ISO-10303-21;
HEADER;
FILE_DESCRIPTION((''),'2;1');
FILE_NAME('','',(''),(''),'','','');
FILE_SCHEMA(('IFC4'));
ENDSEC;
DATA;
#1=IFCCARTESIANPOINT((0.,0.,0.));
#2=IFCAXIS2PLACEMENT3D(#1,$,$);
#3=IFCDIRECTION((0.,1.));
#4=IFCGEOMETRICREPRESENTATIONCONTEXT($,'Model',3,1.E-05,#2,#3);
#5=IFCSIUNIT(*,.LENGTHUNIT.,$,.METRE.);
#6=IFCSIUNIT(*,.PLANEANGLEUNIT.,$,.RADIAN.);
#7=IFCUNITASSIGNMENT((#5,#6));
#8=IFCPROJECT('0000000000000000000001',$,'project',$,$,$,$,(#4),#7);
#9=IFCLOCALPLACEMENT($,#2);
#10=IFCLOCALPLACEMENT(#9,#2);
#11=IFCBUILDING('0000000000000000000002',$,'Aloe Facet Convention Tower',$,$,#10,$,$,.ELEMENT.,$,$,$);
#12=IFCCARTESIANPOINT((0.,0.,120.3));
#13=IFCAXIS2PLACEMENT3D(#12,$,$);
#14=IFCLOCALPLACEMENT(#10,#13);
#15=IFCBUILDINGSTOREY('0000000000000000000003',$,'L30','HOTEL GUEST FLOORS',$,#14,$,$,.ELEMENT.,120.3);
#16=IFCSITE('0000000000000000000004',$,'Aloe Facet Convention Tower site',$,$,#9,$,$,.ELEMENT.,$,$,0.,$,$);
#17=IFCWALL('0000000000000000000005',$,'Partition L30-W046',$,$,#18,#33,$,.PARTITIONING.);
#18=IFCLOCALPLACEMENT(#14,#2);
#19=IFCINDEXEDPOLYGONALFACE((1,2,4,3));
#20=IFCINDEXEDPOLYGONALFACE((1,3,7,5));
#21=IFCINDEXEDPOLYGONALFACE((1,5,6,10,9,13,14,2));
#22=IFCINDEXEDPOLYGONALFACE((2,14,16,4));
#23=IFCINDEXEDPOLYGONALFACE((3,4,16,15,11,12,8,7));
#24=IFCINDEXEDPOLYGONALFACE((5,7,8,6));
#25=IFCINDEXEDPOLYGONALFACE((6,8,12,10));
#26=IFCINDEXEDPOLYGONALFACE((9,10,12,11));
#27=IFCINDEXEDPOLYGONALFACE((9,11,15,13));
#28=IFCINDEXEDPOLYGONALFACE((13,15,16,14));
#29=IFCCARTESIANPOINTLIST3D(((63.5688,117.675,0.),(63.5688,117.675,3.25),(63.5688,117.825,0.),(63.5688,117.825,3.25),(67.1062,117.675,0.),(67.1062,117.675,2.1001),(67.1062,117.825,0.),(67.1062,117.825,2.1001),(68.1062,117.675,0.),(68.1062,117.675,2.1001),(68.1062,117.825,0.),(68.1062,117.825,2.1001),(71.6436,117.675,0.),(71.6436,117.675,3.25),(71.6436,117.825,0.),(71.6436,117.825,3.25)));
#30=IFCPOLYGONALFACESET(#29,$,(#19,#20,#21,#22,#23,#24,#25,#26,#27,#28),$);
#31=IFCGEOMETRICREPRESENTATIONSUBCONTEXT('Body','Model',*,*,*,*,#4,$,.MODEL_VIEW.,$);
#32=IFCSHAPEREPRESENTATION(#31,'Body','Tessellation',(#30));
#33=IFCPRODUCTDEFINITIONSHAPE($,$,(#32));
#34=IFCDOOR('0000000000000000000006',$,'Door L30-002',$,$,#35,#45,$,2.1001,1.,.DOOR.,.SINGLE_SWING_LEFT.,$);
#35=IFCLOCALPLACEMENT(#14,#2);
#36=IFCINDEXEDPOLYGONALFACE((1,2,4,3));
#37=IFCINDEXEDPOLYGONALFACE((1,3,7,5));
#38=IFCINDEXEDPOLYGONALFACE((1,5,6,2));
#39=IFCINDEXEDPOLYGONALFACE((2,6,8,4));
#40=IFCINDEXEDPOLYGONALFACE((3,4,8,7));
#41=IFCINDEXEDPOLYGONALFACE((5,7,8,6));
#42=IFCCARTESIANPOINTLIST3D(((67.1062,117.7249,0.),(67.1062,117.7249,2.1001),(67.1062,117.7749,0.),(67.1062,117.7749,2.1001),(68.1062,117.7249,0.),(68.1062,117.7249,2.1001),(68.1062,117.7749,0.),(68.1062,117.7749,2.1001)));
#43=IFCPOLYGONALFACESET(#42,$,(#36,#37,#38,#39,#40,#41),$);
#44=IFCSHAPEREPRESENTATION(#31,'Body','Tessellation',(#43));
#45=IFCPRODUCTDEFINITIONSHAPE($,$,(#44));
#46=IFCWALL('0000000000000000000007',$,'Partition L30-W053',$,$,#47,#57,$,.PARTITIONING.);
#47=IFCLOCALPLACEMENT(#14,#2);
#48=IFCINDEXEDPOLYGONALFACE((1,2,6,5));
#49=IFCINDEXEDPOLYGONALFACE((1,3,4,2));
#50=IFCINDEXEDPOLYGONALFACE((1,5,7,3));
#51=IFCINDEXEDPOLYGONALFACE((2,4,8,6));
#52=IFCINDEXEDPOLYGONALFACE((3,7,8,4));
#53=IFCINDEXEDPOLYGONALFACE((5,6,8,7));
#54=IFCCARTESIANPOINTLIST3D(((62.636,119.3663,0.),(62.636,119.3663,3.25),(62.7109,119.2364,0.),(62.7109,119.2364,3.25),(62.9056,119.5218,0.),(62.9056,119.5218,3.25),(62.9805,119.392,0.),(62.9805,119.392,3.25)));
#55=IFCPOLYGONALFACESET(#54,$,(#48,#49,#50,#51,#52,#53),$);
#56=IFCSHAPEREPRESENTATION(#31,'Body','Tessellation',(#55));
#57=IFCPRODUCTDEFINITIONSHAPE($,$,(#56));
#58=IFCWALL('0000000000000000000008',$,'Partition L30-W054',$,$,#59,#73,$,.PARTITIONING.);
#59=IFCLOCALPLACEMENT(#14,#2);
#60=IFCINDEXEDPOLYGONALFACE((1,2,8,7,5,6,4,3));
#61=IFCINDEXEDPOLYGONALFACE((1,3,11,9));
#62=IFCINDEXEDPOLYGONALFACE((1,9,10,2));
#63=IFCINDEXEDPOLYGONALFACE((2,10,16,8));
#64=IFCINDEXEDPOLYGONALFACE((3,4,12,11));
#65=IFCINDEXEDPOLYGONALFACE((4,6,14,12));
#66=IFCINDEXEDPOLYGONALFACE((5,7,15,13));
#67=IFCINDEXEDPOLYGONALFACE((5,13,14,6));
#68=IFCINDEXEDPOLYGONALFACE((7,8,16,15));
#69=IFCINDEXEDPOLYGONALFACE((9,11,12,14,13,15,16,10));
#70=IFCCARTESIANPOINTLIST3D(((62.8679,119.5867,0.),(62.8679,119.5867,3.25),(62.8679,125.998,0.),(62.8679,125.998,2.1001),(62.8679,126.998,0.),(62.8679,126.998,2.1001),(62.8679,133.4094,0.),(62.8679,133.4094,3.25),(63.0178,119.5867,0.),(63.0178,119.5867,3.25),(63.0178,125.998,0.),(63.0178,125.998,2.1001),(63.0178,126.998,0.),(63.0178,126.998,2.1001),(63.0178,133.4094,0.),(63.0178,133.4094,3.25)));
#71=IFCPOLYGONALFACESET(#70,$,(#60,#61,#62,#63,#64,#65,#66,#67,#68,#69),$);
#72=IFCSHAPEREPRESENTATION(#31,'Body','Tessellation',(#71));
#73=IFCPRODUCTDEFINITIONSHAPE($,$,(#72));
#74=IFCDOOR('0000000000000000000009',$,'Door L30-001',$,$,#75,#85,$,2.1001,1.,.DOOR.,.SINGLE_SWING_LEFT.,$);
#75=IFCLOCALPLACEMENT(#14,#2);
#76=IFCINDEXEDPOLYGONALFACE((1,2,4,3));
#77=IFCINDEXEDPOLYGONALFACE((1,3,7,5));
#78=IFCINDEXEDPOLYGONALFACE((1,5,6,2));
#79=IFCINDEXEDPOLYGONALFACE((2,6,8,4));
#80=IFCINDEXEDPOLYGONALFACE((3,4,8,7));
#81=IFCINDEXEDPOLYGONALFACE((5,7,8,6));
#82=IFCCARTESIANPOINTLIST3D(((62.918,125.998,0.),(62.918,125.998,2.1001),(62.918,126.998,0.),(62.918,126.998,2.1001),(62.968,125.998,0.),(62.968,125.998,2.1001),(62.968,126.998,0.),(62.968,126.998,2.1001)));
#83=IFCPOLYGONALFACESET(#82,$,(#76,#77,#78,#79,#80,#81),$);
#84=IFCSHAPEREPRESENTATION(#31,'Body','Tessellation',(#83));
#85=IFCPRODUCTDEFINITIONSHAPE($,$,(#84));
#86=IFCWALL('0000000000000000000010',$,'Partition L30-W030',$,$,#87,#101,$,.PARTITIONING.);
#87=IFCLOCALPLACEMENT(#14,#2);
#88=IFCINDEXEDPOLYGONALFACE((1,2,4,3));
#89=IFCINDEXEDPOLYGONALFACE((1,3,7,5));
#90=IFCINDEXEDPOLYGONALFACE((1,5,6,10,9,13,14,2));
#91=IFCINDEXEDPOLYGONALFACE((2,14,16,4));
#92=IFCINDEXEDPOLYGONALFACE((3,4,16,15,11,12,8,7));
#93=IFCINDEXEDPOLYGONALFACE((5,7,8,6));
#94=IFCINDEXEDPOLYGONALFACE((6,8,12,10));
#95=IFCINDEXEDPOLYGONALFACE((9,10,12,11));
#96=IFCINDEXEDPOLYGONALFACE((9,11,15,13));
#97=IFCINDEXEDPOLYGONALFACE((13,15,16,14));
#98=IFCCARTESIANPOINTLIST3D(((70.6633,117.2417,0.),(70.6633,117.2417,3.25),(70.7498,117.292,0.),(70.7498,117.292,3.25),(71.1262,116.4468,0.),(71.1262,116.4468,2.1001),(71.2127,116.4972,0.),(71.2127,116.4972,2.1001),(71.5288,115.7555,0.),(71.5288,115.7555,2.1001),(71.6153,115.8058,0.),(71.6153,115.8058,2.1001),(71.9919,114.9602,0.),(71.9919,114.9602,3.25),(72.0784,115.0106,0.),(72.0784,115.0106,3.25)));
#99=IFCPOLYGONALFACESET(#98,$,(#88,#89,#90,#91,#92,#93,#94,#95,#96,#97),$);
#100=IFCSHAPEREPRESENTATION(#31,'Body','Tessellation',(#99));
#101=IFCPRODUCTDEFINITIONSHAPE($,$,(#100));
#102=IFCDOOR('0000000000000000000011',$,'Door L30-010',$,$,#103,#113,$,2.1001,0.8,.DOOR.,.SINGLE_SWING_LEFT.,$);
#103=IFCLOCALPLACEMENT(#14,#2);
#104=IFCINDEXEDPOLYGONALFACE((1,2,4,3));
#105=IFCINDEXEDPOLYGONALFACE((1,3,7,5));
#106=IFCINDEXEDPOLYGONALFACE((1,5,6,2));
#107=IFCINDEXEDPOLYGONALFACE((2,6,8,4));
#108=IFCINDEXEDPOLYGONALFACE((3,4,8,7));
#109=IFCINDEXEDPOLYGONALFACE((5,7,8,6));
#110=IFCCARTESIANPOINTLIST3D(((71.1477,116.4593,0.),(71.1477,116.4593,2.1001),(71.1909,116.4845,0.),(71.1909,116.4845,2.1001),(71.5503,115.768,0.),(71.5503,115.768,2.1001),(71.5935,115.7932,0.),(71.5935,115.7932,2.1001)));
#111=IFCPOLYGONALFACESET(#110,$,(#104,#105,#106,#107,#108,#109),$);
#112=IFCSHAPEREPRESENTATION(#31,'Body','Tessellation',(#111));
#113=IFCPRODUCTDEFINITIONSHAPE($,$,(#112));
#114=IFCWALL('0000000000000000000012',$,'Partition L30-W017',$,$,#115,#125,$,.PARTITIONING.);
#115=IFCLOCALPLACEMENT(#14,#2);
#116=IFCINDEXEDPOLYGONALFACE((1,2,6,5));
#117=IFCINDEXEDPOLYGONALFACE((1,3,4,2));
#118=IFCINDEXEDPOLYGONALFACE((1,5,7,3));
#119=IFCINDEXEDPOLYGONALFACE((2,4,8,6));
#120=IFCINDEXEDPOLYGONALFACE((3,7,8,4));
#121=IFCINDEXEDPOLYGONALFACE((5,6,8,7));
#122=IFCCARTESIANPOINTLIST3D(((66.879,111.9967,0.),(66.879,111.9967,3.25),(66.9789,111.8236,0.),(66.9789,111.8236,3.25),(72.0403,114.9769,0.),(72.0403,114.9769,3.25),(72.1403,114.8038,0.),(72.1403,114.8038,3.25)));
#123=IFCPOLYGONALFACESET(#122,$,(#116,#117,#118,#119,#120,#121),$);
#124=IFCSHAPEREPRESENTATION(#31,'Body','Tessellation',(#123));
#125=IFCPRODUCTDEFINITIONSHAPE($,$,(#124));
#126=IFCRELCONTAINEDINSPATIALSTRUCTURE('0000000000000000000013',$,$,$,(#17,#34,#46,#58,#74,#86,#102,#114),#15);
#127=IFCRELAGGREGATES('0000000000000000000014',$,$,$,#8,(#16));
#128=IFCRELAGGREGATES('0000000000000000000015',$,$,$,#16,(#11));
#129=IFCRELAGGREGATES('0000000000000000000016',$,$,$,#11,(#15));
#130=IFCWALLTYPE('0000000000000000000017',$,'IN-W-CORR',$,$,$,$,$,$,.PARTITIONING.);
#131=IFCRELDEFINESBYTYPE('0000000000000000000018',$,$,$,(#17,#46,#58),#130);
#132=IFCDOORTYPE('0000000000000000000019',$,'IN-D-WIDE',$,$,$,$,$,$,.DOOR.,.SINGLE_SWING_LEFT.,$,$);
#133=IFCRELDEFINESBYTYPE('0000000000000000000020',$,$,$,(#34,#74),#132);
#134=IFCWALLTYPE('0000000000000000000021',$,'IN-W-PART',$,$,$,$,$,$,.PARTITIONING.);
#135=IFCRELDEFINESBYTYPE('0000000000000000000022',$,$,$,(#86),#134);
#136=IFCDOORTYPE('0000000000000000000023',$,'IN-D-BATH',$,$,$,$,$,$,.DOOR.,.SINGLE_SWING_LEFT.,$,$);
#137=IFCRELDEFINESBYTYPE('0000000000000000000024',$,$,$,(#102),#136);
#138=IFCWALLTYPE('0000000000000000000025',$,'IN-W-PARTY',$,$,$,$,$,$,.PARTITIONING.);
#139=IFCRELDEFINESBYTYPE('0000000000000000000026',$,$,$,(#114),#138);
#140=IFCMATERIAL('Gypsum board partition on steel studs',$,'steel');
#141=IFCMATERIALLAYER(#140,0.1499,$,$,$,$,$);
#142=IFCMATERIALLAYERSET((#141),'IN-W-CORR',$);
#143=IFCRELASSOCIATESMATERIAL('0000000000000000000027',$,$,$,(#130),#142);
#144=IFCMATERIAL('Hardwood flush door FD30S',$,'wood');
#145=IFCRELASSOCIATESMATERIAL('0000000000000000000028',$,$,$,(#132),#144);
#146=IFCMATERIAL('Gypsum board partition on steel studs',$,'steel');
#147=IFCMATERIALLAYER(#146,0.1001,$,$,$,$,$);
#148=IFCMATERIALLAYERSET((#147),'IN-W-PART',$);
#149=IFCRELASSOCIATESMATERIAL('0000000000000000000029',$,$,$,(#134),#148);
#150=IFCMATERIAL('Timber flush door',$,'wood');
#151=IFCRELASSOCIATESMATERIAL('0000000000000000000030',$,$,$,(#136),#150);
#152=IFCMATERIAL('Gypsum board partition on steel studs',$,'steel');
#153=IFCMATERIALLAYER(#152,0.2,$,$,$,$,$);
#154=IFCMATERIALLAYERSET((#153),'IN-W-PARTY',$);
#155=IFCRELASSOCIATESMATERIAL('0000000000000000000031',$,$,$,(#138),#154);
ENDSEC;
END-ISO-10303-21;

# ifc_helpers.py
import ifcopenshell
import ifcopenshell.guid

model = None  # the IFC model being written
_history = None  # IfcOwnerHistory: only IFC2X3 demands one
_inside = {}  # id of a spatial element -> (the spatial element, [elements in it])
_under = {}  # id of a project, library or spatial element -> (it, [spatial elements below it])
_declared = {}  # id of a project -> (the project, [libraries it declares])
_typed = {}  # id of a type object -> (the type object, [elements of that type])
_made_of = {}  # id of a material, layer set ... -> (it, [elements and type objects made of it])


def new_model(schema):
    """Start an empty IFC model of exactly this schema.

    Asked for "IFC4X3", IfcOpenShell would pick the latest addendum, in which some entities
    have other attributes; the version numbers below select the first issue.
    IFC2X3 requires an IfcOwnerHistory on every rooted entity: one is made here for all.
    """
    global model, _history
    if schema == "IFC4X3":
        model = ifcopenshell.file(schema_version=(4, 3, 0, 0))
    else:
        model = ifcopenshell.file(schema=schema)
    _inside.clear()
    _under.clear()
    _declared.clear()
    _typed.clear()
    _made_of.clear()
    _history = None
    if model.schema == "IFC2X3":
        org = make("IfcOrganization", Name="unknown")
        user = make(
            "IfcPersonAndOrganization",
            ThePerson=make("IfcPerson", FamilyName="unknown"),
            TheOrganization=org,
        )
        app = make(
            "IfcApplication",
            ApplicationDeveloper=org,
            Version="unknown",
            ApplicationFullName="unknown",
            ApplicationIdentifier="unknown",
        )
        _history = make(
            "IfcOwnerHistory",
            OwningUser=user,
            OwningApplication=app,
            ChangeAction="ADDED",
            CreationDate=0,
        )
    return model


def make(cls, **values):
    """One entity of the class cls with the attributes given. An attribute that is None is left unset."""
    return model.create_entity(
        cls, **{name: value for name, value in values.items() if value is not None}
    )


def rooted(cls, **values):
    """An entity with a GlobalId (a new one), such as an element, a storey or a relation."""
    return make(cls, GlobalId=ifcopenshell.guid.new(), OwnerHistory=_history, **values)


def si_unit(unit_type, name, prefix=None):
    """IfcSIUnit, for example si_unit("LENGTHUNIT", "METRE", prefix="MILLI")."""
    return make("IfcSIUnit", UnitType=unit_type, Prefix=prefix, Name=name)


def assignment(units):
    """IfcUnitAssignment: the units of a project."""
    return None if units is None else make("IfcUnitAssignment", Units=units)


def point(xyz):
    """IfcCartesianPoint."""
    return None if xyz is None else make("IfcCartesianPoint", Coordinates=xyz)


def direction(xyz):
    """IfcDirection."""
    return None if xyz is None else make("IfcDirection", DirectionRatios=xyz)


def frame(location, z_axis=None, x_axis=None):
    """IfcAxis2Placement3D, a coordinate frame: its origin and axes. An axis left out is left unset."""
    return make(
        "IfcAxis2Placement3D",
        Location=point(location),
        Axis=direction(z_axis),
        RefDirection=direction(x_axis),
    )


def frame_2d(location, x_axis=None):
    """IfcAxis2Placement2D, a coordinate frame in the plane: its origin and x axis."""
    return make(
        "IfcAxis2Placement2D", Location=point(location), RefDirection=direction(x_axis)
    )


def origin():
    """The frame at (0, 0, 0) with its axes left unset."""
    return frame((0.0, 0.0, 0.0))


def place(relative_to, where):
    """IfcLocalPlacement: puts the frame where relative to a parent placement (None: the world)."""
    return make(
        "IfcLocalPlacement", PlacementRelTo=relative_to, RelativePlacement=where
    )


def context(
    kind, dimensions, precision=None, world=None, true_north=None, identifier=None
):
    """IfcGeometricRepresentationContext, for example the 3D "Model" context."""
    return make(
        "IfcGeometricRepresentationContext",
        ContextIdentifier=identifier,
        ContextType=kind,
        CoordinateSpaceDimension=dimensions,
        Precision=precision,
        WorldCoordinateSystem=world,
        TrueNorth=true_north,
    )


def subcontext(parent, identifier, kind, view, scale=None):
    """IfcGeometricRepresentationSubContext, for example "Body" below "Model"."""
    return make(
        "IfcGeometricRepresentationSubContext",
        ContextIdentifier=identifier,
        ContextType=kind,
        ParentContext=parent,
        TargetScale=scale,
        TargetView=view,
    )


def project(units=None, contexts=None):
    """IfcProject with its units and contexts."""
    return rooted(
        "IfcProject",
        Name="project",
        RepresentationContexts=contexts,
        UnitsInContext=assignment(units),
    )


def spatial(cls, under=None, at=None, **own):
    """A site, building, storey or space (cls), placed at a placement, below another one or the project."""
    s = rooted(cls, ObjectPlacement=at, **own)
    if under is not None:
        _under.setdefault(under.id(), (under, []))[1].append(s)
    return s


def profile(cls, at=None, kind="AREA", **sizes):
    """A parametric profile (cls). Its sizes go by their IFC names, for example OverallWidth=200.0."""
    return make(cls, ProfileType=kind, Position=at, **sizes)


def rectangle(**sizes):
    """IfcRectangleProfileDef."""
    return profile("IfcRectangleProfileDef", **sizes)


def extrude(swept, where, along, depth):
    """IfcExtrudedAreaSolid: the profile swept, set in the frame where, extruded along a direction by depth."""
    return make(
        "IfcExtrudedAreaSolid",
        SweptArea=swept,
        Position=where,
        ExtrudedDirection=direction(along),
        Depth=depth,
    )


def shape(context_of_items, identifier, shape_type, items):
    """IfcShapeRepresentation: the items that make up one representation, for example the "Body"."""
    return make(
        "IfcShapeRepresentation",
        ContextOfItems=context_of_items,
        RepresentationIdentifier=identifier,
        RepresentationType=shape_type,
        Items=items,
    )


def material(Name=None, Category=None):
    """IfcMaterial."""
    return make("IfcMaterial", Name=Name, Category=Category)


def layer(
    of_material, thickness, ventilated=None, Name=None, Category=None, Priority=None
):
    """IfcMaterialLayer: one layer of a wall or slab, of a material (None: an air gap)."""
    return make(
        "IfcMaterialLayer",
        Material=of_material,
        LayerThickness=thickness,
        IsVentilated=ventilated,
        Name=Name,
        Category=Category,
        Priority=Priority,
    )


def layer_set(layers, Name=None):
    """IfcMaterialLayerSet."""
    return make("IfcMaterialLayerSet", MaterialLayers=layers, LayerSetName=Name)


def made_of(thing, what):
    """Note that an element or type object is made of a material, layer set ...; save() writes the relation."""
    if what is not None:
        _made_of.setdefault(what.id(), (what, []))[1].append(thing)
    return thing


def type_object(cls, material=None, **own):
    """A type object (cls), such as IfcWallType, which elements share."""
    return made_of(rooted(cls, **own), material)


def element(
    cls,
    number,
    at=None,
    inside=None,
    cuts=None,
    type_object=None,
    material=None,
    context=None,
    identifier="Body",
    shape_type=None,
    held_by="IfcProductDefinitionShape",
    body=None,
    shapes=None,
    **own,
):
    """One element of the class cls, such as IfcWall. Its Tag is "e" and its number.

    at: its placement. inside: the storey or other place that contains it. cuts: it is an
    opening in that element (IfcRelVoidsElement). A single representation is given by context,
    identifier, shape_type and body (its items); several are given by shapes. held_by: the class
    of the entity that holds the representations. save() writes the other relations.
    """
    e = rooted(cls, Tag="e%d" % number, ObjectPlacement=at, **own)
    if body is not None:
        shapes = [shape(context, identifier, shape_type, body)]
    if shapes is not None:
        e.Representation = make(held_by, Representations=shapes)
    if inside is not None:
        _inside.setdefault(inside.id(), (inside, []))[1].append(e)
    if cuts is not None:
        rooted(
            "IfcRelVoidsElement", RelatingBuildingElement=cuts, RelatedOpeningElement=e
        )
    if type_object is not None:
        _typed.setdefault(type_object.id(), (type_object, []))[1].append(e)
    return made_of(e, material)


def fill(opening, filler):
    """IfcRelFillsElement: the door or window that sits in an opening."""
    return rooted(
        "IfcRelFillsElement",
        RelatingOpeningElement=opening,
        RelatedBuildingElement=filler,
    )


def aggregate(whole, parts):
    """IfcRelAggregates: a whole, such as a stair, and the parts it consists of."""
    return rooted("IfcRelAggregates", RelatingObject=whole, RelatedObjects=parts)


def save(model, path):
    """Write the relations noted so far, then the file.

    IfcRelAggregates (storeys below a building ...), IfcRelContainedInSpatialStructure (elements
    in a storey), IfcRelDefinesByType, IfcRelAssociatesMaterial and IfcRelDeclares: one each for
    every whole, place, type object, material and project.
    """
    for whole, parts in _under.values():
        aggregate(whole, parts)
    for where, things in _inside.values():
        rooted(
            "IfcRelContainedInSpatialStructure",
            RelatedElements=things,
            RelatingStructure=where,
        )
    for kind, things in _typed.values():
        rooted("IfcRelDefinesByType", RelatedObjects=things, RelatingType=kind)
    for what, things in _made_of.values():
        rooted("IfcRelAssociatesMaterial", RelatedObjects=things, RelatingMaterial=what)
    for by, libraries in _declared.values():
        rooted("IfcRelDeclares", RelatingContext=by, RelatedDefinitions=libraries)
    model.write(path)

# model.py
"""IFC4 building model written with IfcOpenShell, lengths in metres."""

from ifc_helpers import new_model, si_unit, direction, frame, frame_2d, origin, place, context, subcontext, project, spatial, rectangle, extrude, material, layer, layer_set, type_object, element, fill, save


model = new_model("IFC4")

# Units and contexts
model_context = context("Model", 3, precision=1e-05, world=origin(), true_north=direction((0.0, 1.0)))
body_context = subcontext(model_context, "Body", "Model", "MODEL_VIEW")
ifc_project = project(units=[si_unit("LENGTHUNIT", "METRE"), si_unit("PLANEANGLEUNIT", "RADIAN")], contexts=[model_context])

# Site, building, storey
site_placement = place(None, origin())
site = spatial("IfcSite", under=ifc_project, at=site_placement, Name="Aloe Facet Convention Tower site", CompositionType="ELEMENT", RefElevation=0.0)
building_placement = place(site_placement, origin())
building = spatial("IfcBuilding", under=site, at=building_placement, Name="Aloe Facet Convention Tower", CompositionType="ELEMENT")
storey_placement = place(building_placement, frame((0.0, 0.0, 120.3)))
storey = spatial("IfcBuildingStorey", under=building, at=storey_placement, Name="L30", Description="HOTEL GUEST FLOORS", CompositionType="ELEMENT", Elevation=120.3)

# Wall, opening, door
ifc_material_1 = material(Name="Gypsum board partition on steel studs", Category="steel")
ifc_layer_1 = layer(ifc_material_1, 0.1499)
ifc_layer_set_1 = layer_set([ifc_layer_1], Name="IN-W-CORR")
wall_type_1 = type_object("IfcWallType", Name="IN-W-CORR", PredefinedType="PARTITIONING", material=ifc_layer_set_1)
wall_1_placement = place(storey_placement, frame((63.5688, 117.75, 0.0), z_axis=(0.0, 0.0, 1.0), x_axis=(1.0, 0.0, 0.0)))
wall_1 = element("IfcWall", 1, at=wall_1_placement, inside=storey, type_object=wall_type_1, Name="Partition L30-W046", PredefinedType="PARTITIONING", context=body_context, shape_type="SweptSolid", body=[
    extrude(rectangle(XDim=8.0747, YDim=0.1499, at=frame_2d((4.0374, 0.0))), origin(), (0.0, 0.0, 1.0), 3.25),
])
opening_1_placement = place(wall_1_placement, frame((3.5374, 0.0, 0.0)))
opening_1 = element("IfcOpeningElement", 2, at=opening_1_placement, cuts=wall_1, PredefinedType="OPENING", context=body_context, shape_type="SweptSolid", body=[
    extrude(rectangle(XDim=1.0, YDim=2.1001, at=frame_2d((0.5, 1.05))), frame((0.0, 0.085, 0.0), z_axis=(0.0, -1.0, 0.0), x_axis=(1.0, 0.0, 0.0)), (0.0, 0.0, 1.0), 0.1699),
])
ifc_material_2 = material(Name="Hardwood flush door FD30S", Category="wood")
door_type_1 = type_object("IfcDoorType", Name="IN-D-WIDE", OperationType="SINGLE_SWING_LEFT", PredefinedType="DOOR", material=ifc_material_2)
door_1_placement = place(opening_1_placement, origin())
door_1 = element("IfcDoor", 3, at=door_1_placement, inside=storey, type_object=door_type_1, Name="Door L30-002", OperationType="SINGLE_SWING_LEFT", OverallHeight=2.1001, OverallWidth=1.0, PredefinedType="DOOR", context=body_context, shape_type="SweptSolid", body=[
    extrude(rectangle(XDim=1.0, YDim=2.1001, at=frame_2d((0.5, 1.05))), frame((0.0, 0.0249, 0.0), z_axis=(0.0, -1.0, 0.0), x_axis=(1.0, 0.0, 0.0)), (0.0, 0.0, 1.0), 0.05),
])
fill(opening_1, door_1)

# Wall
wall_2_placement = place(storey_placement, frame((62.6733, 119.3013, 0.0), z_axis=(0.0, 0.0, 1.0), x_axis=(0.866159, 0.499768, 0.0)))
element("IfcWall", 4, at=wall_2_placement, inside=storey, type_object=wall_type_1, Name="Partition L30-W053", PredefinedType="PARTITIONING", context=body_context, shape_type="SweptSolid", body=[
    extrude(rectangle(XDim=0.3113, YDim=0.1499, at=frame_2d((0.1558, 0.0))), origin(), (0.0, 0.0, 1.0), 3.25),
])

# Walls, openings, doors
wall_3_placement = place(storey_placement, frame((62.9429, 119.5867, 0.0), z_axis=(0.0, 0.0, 1.0), x_axis=(0.0, 1.0, 0.0)))
wall_3 = element("IfcWall", 5, at=wall_3_placement, inside=storey, type_object=wall_type_1, Name="Partition L30-W054", PredefinedType="PARTITIONING", context=body_context, shape_type="SweptSolid", body=[
    extrude(rectangle(XDim=13.8228, YDim=0.1499, at=frame_2d((6.9114, 0.0))), origin(), (0.0, 0.0, 1.0), 3.25),
])
opening_2_placement = place(wall_3_placement, frame((6.4114, 0.0, 0.0)))
opening_2 = element("IfcOpeningElement", 6, at=opening_2_placement, cuts=wall_3, PredefinedType="OPENING", context=body_context, shape_type="SweptSolid", body=[
    extrude(rectangle(XDim=1.0, YDim=2.1001, at=frame_2d((0.5, 1.05))), frame((0.0, 0.085, 0.0), z_axis=(0.0, -1.0, 0.0), x_axis=(1.0, 0.0, 0.0)), (0.0, 0.0, 1.0), 0.1699),
])
door_2_placement = place(opening_2_placement, origin())
door_2 = element("IfcDoor", 7, at=door_2_placement, inside=storey, type_object=door_type_1, Name="Door L30-001", OperationType="SINGLE_SWING_LEFT", OverallHeight=2.1001, OverallWidth=1.0, PredefinedType="DOOR", context=body_context, shape_type="SweptSolid", body=[
    extrude(rectangle(XDim=1.0, YDim=2.1001, at=frame_2d((0.5, 1.05))), frame((0.0, 0.0249, 0.0), z_axis=(0.0, -1.0, 0.0), x_axis=(1.0, 0.0, 0.0)), (0.0, 0.0, 1.0), 0.05),
])
fill(opening_2, door_2)
ifc_material_3 = material(Name="Gypsum board partition on steel studs", Category="steel")
ifc_layer_2 = layer(ifc_material_3, 0.1001)
ifc_layer_set_2 = layer_set([ifc_layer_2], Name="IN-W-PART")
wall_type_2 = type_object("IfcWallType", Name="IN-W-PART", PredefinedType="PARTITIONING", material=ifc_layer_set_2)
wall_4_placement = place(storey_placement, frame((70.7065, 117.2668, 0.0), z_axis=(0.0, 0.0, 1.0), x_axis=(0.503233, -0.864151, 0.0)))
wall_4 = element("IfcWall", 8, at=wall_4_placement, inside=storey, type_object=wall_type_2, Name="Partition L30-W030", PredefinedType="PARTITIONING", context=body_context, shape_type="SweptSolid", body=[
    extrude(rectangle(XDim=2.6401, YDim=0.1001, at=frame_2d((1.3201, 0.0))), origin(), (0.0, 0.0, 1.0), 3.25),
])
opening_3_placement = place(wall_4_placement, frame((0.9199, 0.0, 0.0)))
opening_3 = element("IfcOpeningElement", 9, at=opening_3_placement, cuts=wall_4, PredefinedType="OPENING", context=body_context, shape_type="SweptSolid", body=[
    extrude(rectangle(XDim=0.8, YDim=2.1001, at=frame_2d((0.3999, 1.05))), frame((0.0, 0.0601, 0.0), z_axis=(0.0, -1.0, 0.0), x_axis=(1.0, 0.0, 0.0)), (0.0, 0.0, 1.0), 0.1201),
])
ifc_material_4 = material(Name="Timber flush door", Category="wood")
door_type_2 = type_object("IfcDoorType", Name="IN-D-BATH", OperationType="SINGLE_SWING_LEFT", PredefinedType="DOOR", material=ifc_material_4)
door_3_placement = place(opening_3_placement, origin())
door_3 = element("IfcDoor", 10, at=door_3_placement, inside=storey, type_object=door_type_2, Name="Door L30-010", OperationType="SINGLE_SWING_LEFT", OverallHeight=2.1001, OverallWidth=0.8, PredefinedType="DOOR", context=body_context, shape_type="SweptSolid", body=[
    extrude(rectangle(XDim=0.8, YDim=2.1001, at=frame_2d((0.3999, 1.05))), frame((0.0, 0.0249, 0.0), z_axis=(0.0, -1.0, 0.0), x_axis=(1.0, 0.0, 0.0)), (0.0, 0.0, 1.0), 0.05),
])
fill(opening_3, door_3)

# Wall
ifc_material_5 = material(Name="Gypsum board partition on steel studs", Category="steel")
ifc_layer_3 = layer(ifc_material_5, 0.2)
ifc_layer_set_3 = layer_set([ifc_layer_3], Name="IN-W-PARTY")
wall_type_3 = type_object("IfcWallType", Name="IN-W-PARTY", PredefinedType="PARTITIONING", material=ifc_layer_set_3)
wall_5_placement = place(storey_placement, frame((66.929, 111.9102, 0.0), z_axis=(0.0, 0.0, 1.0), x_axis=(0.866003, 0.500038, 0.0)))
element("IfcWall", 11, at=wall_5_placement, inside=storey, type_object=wall_type_3, Name="Partition L30-W017", PredefinedType="PARTITIONING", context=body_context, shape_type="SweptSolid", body=[
    extrude(rectangle(XDim=5.96, YDim=0.2, at=frame_2d((2.98, 0.0))), origin(), (0.0, 0.0, 1.0), 3.25),
])

save(model, "model.ifc")
